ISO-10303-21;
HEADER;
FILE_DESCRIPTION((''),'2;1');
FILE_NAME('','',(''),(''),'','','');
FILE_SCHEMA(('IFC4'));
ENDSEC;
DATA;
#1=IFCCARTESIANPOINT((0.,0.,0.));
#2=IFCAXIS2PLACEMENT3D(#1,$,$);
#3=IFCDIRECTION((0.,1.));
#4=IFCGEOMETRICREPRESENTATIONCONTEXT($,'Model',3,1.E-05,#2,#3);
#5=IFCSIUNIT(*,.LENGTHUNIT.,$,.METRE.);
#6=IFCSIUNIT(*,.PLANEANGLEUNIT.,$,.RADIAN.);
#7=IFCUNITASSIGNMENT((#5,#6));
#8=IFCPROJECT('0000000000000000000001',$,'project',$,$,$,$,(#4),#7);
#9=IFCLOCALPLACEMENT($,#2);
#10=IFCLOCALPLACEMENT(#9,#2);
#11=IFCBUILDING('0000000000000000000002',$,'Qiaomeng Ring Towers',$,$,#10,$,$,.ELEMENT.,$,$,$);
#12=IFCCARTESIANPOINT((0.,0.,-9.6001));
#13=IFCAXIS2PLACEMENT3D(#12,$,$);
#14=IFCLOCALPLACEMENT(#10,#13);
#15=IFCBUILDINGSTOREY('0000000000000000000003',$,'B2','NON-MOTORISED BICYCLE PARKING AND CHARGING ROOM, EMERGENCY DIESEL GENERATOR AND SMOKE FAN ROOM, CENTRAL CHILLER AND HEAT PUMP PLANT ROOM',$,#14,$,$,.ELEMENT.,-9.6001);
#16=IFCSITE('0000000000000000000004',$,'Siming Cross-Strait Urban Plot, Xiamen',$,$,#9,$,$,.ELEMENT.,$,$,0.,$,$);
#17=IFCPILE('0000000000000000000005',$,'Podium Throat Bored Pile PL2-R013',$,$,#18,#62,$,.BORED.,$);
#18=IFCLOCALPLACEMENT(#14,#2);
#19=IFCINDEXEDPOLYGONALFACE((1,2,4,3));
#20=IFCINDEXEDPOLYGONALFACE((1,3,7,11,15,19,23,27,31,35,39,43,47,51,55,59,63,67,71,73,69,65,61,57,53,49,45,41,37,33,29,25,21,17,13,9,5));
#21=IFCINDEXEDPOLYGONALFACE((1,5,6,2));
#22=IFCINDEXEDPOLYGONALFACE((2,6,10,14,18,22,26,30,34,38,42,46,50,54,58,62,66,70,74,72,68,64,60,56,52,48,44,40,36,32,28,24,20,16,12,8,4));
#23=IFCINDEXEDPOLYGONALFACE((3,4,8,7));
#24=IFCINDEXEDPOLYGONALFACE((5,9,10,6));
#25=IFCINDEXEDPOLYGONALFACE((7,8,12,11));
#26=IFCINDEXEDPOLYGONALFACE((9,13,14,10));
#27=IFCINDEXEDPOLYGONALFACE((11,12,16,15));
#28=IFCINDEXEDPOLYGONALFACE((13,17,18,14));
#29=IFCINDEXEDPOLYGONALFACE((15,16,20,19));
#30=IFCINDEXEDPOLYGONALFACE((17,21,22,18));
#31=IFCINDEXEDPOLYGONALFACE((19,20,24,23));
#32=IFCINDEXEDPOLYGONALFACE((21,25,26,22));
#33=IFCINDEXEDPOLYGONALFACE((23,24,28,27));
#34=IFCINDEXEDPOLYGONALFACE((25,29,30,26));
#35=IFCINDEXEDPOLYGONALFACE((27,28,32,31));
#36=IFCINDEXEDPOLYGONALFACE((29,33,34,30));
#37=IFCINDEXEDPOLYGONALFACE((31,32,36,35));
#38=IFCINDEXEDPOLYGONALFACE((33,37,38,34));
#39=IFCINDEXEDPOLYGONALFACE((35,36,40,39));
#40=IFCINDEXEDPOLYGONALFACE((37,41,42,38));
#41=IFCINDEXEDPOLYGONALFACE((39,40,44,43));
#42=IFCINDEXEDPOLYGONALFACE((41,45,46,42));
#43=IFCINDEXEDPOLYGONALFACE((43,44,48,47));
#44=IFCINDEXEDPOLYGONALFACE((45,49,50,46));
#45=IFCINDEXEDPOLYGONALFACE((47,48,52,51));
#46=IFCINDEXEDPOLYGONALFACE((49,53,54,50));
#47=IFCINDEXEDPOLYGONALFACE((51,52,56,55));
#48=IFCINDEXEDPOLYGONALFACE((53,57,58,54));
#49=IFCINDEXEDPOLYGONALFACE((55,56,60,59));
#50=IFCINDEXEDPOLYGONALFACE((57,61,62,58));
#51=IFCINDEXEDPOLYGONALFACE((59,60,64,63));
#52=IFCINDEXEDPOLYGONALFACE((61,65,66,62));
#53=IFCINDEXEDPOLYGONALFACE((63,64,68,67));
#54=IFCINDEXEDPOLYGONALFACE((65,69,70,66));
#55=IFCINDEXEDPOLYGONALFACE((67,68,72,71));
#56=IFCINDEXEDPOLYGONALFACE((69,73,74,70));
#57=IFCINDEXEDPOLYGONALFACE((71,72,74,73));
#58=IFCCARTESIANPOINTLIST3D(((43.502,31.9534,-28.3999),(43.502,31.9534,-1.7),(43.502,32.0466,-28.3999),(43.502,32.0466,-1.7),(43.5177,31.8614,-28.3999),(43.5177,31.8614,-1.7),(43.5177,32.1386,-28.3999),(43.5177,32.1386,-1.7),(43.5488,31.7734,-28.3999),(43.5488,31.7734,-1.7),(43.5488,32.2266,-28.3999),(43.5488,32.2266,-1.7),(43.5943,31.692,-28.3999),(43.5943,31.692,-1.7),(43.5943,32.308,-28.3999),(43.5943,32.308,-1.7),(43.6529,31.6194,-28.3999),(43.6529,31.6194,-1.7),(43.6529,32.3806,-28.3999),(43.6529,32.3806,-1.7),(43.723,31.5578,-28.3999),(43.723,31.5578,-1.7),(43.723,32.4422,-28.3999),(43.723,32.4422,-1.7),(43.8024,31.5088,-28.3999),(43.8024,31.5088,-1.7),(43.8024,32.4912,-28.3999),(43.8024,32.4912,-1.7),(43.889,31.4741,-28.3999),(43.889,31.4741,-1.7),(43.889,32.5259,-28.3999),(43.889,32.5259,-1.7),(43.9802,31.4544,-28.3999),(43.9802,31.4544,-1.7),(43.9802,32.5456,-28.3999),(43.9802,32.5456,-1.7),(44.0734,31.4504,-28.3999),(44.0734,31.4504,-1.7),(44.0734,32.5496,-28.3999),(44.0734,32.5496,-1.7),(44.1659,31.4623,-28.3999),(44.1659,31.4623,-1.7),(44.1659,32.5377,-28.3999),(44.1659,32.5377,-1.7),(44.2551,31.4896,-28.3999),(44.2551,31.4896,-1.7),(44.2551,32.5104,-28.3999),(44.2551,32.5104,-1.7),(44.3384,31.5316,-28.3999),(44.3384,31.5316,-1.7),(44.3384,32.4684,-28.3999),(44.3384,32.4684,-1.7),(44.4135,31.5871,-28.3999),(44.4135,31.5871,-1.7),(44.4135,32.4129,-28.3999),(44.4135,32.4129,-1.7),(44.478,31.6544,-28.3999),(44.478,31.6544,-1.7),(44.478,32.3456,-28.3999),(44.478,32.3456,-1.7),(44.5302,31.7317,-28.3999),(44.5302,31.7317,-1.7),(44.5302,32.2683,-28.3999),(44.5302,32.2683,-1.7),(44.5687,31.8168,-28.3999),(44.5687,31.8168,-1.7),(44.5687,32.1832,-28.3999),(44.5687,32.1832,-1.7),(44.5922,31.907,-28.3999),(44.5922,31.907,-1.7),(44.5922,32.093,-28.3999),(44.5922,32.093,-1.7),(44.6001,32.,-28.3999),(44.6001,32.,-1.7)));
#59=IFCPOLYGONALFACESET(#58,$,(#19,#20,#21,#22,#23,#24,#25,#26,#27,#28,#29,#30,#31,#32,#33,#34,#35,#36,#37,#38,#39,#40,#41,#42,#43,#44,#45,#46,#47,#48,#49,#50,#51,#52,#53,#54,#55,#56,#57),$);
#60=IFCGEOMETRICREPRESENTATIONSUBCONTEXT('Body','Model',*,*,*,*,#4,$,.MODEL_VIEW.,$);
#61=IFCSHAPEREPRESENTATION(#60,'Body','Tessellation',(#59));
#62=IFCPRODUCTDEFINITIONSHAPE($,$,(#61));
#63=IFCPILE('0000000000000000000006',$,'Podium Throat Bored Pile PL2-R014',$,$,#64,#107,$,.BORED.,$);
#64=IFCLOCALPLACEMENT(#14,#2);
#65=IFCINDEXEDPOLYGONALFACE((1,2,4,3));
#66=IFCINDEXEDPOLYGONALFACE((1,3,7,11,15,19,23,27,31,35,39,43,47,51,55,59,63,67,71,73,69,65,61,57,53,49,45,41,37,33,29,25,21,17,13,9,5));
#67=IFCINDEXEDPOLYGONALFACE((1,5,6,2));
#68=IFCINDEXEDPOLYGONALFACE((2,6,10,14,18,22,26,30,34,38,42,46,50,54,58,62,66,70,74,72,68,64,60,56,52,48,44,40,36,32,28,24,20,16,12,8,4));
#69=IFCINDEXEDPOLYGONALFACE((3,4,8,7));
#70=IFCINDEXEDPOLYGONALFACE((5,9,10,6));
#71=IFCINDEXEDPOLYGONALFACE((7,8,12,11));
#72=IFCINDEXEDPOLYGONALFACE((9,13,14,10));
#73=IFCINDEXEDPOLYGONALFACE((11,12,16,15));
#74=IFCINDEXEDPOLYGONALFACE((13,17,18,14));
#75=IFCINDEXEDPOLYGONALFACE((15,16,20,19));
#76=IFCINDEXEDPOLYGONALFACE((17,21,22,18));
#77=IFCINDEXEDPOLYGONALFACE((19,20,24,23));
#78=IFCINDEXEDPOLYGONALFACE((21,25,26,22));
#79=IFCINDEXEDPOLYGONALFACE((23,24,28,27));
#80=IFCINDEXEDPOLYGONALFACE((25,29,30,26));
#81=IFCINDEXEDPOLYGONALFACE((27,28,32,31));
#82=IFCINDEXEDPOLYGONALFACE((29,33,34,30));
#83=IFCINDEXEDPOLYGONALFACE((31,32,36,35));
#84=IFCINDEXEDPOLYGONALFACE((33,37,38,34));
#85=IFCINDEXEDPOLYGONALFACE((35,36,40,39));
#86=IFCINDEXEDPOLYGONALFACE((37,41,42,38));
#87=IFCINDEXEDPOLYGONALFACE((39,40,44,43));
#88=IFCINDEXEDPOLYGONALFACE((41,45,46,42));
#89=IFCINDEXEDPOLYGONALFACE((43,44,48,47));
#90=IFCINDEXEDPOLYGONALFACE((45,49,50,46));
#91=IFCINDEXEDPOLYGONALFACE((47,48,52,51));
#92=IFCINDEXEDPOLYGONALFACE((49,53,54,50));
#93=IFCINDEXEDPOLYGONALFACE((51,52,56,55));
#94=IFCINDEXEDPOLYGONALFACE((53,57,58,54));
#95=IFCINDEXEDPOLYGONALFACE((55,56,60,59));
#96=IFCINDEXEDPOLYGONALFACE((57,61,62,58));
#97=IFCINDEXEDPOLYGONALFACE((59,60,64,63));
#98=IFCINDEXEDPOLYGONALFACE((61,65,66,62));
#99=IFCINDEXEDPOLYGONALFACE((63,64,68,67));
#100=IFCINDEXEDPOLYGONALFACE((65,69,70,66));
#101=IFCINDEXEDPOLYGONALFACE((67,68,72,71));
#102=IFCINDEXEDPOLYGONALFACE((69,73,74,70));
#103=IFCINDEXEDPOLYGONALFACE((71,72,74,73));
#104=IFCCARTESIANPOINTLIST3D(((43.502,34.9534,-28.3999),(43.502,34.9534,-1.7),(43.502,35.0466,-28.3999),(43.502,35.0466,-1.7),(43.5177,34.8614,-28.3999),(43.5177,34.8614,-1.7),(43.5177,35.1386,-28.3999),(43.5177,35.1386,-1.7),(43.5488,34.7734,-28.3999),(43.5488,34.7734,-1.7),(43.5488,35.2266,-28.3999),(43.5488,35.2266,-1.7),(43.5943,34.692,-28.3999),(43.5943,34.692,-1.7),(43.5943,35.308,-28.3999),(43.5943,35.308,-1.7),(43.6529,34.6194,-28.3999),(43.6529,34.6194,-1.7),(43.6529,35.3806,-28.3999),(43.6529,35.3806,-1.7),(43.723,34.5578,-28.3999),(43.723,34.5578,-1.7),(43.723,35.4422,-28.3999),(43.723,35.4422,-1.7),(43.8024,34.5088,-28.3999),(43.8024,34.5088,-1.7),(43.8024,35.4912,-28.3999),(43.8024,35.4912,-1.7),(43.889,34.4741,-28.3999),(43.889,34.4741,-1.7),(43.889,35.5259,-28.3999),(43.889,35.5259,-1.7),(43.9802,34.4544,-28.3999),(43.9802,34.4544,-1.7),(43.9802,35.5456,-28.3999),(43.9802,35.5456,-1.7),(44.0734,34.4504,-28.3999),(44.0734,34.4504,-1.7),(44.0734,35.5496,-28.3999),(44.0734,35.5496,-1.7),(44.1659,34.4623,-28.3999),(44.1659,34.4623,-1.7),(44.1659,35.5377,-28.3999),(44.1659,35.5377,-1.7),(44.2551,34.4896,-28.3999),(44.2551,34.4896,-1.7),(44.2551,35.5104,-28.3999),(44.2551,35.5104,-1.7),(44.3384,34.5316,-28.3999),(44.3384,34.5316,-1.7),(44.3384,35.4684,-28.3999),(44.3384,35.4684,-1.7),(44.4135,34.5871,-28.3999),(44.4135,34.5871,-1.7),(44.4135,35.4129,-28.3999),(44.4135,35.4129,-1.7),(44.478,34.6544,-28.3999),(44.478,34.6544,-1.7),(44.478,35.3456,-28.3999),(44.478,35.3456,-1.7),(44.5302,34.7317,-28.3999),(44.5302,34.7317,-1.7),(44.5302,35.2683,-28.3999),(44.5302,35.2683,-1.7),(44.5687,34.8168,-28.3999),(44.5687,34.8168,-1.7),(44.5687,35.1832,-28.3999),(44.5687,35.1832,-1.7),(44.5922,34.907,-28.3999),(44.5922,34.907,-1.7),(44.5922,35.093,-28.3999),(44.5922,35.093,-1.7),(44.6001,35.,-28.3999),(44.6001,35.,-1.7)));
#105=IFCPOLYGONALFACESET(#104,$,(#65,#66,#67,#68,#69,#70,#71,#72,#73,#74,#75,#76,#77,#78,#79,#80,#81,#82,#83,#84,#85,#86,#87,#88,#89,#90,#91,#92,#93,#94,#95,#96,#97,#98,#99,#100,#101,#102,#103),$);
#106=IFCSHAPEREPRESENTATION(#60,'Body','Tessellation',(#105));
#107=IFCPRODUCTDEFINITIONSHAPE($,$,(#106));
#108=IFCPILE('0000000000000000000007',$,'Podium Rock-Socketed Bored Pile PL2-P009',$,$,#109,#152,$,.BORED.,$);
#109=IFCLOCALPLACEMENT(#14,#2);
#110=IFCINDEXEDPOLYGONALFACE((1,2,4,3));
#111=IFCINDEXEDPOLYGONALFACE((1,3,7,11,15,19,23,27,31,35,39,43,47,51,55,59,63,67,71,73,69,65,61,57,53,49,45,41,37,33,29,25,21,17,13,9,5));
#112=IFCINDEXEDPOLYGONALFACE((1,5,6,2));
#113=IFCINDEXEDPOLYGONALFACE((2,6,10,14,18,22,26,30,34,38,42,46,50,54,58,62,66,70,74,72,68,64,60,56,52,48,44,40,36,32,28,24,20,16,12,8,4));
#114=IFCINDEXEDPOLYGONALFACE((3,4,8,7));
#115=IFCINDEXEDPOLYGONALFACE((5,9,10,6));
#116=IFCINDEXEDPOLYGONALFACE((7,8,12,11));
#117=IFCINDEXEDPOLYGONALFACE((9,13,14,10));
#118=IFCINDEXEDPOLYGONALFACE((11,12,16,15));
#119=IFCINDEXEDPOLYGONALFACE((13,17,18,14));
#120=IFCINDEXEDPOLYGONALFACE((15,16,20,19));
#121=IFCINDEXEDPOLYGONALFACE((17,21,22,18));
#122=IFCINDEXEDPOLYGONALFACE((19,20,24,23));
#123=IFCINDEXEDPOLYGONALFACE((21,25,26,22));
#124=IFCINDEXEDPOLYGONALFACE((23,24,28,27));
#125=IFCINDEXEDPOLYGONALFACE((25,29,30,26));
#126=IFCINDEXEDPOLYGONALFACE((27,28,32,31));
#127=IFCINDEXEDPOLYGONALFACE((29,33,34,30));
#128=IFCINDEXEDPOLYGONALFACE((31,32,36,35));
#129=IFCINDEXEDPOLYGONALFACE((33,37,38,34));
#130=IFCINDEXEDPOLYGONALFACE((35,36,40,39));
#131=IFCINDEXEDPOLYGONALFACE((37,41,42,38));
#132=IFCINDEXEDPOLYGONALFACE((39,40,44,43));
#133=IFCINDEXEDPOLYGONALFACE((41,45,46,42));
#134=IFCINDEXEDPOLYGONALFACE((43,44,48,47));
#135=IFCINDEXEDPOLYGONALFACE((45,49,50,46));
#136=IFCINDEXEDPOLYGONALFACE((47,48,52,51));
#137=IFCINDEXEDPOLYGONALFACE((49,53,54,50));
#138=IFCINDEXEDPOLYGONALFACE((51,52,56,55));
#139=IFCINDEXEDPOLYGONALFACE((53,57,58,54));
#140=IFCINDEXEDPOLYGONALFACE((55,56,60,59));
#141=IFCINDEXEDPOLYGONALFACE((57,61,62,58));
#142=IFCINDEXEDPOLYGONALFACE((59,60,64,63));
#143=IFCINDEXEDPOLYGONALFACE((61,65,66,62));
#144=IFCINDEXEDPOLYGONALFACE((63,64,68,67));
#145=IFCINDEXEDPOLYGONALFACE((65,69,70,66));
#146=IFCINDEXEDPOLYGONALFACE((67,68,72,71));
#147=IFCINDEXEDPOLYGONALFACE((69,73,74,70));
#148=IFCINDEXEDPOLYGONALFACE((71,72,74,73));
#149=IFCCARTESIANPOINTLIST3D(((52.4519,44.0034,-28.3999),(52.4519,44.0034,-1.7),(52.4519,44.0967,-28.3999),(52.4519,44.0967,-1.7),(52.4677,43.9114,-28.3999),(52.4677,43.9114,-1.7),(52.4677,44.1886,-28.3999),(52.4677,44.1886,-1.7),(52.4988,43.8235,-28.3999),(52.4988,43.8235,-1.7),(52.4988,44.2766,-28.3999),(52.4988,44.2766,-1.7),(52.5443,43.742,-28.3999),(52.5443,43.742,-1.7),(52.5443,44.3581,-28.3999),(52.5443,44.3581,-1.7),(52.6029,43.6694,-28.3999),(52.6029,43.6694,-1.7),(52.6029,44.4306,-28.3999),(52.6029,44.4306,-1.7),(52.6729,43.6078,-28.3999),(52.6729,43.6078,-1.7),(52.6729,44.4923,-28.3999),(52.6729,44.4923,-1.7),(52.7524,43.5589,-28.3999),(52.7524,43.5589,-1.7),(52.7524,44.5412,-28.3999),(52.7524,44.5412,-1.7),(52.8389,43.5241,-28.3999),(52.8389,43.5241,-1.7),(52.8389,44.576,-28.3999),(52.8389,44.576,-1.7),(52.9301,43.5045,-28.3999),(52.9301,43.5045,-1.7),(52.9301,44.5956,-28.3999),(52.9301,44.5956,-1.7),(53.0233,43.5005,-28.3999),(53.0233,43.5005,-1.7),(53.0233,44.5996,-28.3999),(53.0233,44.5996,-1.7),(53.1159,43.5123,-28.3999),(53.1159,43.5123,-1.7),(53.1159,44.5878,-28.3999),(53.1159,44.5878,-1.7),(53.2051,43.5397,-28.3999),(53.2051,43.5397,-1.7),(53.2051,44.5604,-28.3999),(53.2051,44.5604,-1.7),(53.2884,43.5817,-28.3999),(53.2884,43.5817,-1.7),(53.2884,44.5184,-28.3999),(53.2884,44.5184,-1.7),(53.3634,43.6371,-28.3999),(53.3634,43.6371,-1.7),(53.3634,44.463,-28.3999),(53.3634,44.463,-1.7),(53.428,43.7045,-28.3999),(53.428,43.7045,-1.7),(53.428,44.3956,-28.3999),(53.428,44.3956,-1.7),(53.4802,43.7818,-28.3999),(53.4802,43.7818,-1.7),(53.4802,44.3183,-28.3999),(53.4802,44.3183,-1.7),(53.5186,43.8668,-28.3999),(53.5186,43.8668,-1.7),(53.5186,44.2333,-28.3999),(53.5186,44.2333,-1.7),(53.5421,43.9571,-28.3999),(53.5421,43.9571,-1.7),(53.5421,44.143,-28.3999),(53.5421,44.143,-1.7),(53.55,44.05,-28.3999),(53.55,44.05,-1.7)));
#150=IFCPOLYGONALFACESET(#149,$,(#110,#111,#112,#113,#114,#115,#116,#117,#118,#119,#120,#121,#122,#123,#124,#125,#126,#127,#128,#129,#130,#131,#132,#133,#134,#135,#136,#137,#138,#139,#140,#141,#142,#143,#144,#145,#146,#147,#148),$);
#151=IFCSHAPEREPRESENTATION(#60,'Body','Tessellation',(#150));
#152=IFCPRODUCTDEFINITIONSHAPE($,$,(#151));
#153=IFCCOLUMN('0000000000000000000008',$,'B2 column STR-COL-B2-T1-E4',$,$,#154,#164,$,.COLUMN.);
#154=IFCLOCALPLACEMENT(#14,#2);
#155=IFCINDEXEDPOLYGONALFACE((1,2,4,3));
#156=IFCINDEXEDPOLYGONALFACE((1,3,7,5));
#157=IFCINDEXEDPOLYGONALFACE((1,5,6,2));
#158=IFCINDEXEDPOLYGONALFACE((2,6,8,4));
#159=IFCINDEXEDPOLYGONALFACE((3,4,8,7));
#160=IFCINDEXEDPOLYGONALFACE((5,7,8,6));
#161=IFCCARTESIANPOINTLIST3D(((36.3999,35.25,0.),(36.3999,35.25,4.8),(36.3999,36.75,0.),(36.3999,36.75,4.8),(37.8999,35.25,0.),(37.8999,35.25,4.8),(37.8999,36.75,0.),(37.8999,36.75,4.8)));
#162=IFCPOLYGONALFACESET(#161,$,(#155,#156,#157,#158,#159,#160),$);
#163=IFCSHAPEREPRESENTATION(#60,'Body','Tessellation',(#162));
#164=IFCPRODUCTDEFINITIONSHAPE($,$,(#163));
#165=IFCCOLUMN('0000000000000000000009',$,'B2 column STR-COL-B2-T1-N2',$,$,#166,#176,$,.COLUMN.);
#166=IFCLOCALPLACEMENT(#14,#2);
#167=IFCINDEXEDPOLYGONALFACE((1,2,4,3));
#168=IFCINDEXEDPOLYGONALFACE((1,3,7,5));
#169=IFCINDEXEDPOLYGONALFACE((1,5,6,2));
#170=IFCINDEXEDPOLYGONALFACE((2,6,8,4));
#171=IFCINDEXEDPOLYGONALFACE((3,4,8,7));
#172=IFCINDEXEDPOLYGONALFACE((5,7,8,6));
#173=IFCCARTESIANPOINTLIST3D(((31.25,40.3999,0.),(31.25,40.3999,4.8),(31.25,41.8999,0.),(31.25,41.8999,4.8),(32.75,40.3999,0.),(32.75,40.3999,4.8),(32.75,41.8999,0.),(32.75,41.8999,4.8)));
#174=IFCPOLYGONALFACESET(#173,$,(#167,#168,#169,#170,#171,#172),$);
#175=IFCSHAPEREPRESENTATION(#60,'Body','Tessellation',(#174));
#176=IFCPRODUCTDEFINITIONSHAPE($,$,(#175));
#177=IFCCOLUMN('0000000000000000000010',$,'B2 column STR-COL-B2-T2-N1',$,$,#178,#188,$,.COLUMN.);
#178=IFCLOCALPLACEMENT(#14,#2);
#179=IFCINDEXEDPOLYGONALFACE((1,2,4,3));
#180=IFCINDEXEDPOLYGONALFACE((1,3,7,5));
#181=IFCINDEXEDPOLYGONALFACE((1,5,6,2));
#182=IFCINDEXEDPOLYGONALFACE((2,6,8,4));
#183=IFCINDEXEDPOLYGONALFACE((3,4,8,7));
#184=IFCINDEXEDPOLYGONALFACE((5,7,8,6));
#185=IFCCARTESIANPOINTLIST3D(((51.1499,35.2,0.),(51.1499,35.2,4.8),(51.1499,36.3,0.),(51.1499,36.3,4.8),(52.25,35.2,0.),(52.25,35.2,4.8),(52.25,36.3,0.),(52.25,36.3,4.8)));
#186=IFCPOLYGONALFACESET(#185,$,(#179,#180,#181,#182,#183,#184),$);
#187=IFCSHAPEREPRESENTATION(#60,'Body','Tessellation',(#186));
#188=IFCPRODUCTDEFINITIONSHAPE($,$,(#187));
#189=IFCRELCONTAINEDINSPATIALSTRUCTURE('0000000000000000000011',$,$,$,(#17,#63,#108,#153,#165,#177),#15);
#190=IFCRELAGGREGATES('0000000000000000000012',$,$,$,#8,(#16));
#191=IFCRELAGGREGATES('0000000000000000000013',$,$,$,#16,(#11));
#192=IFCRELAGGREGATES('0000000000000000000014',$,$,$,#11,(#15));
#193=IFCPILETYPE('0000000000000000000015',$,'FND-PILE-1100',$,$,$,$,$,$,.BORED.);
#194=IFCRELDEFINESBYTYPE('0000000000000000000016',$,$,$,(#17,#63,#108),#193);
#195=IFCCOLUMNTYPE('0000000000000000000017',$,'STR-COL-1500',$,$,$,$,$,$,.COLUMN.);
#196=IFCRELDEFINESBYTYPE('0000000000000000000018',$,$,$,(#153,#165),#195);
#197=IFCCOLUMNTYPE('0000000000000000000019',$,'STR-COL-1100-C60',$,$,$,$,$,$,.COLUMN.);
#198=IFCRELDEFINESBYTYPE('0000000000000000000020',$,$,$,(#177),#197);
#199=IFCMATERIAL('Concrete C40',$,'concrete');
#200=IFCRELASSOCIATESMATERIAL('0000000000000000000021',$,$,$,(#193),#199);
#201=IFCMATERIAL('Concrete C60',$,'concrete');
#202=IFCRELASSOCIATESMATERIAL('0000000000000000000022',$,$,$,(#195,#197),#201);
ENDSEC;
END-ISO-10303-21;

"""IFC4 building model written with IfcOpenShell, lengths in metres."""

from ifc_helpers import new_model, si_unit, direction, frame, origin, origin_2d, place, context, subcontext, project, spatial, rectangle, circle, extrude, source, transform, mapped, material, material_profile, profile_set, type_object, element, save


model = new_model("IFC4")

# Units and contexts
model_context = context("Model", 3, precision=1e-05, world=origin(), true_north=direction((0.0, 1.0)))
body_context = subcontext(model_context, "Body", "Model", "MODEL_VIEW")
ifc_project = project(units=[si_unit("LENGTHUNIT", "METRE"), si_unit("PLANEANGLEUNIT", "RADIAN")], contexts=[model_context])

# Site, building, storey
site_placement = place(None, origin())
site = spatial("IfcSite", under=ifc_project, at=site_placement, Name="Siming Cross-Strait Urban Plot, Xiamen", CompositionType="ELEMENT", RefElevation=0.0)
building_placement = place(site_placement, origin())
building = spatial("IfcBuilding", under=site, at=building_placement, Name="Qiaomeng Ring Towers", CompositionType="ELEMENT")
storey_placement = place(building_placement, frame((0.0, 0.0, -9.6001)))
storey = spatial("IfcBuildingStorey", under=building, at=storey_placement, Name="B2", Description="NON-MOTORISED BICYCLE PARKING AND CHARGING ROOM, EMERGENCY DIESEL GENERATOR AND SMOKE FAN ROOM, CENTRAL CHILLER AND HEAT PUMP PLANT ROOM", CompositionType="ELEMENT", Elevation=-9.6001)

# Piles
ifc_material_1 = material(Name="Concrete C40", Category="concrete")
ifc_material_profile_1 = material_profile(ifc_material_1, circle(Radius=0.55, at=origin_2d()), Name="BORED PILE 1100")
ifc_profile_set_1 = profile_set([ifc_material_profile_1], Name="Concrete C40")
pile_type_1 = type_object("IfcPileType", Name="FND-PILE-1100", PredefinedType="BORED", material=ifc_profile_set_1)
shared_shape_1 = source(origin(), body_context, "Body", "SweptSolid", [
    extrude(circle(Radius=0.55, at=origin_2d()), origin(), (0.0, 0.0, 1.0), 26.7),
])
for number, where, z_axis, x_axis, name in (
    (1, (44.05, 32.0, -1.7), (0.0, 0.0, -1.0), (1.0, 0.0, 0.0), "Podium Throat Bored Pile PL2-R013"),
    (2, (44.05, 35.0, -1.7), (0.0, 0.0, -1.0), (1.0, 0.0, 0.0), "Podium Throat Bored Pile PL2-R014"),
    (3, (53.0, 44.05, -1.7), (0.0, 0.0, -1.0), (1.0, 0.0, 0.0), "Podium Rock-Socketed Bored Pile PL2-P009"),
):
    element("IfcPile", number, at=place(storey_placement, frame(where, z_axis=z_axis, x_axis=x_axis)), inside=storey, type_object=pile_type_1, Name=name, PredefinedType="BORED", context=body_context, shape_type="MappedRepresentation", body=[
        mapped(shared_shape_1, transform((0.0, 0.0, 0.0), x_axis=(1.0, 0.0, 0.0), y_axis=(0.0, 1.0, 0.0), z_axis=(0.0, 0.0, 1.0), scale=1.0)),
    ])

# Columns
ifc_material_2 = material(Name="Concrete C60", Category="concrete")
ifc_material_profile_2 = material_profile(ifc_material_2, rectangle(XDim=1.5, YDim=1.5, at=origin_2d()), Name="RC COL 1500x1500")
ifc_profile_set_2 = profile_set([ifc_material_profile_2], Name="Concrete C60")
column_type_1 = type_object("IfcColumnType", Name="STR-COL-1500", PredefinedType="COLUMN", material=ifc_profile_set_2)
shared_shape_2 = source(origin(), body_context, "Body", "SweptSolid", [
    extrude(rectangle(XDim=1.5, YDim=1.5, at=origin_2d()), origin(), (0.0, 0.0, 1.0), 4.8),
])
for number, where, z_axis, x_axis, name in (
    (4, (37.1499, 36.0, 0.0), (0.0, 0.0, 1.0), (1.0, 0.0, 0.0), "B2 column STR-COL-B2-T1-E4"),
    (5, (32.0, 41.1499, 0.0), (0.0, 0.0, 1.0), (1.0, 0.0, 0.0), "B2 column STR-COL-B2-T1-N2"),
):
    element("IfcColumn", number, at=place(storey_placement, frame(where, z_axis=z_axis, x_axis=x_axis)), inside=storey, type_object=column_type_1, Name=name, PredefinedType="COLUMN", context=body_context, shape_type="MappedRepresentation", body=[
        mapped(shared_shape_2, transform((0.0, 0.0, 0.0), x_axis=(1.0, 0.0, 0.0), y_axis=(0.0, 1.0, 0.0), z_axis=(0.0, 0.0, 1.0), scale=1.0)),
    ])
ifc_material_profile_3 = material_profile(ifc_material_2, rectangle(XDim=1.1001, YDim=1.1001, at=origin_2d()), Name="RC COL 1100x1100")
ifc_profile_set_3 = profile_set([ifc_material_profile_3], Name="Concrete C60")
column_type_2 = type_object("IfcColumnType", Name="STR-COL-1100-C60", PredefinedType="COLUMN", material=ifc_profile_set_3)
shared_shape_3 = source(origin(), body_context, "Body", "SweptSolid", [
    extrude(rectangle(XDim=1.1001, YDim=1.1001, at=origin_2d()), origin(), (0.0, 0.0, 1.0), 4.8),
])
column_1_placement = place(storey_placement, frame((51.7, 35.75, 0.0), z_axis=(0.0, 0.0, 1.0), x_axis=(1.0, 0.0, 0.0)))
element("IfcColumn", 6, at=column_1_placement, inside=storey, type_object=column_type_2, Name="B2 column STR-COL-B2-T2-N1", PredefinedType="COLUMN", context=body_context, shape_type="MappedRepresentation", body=[
    mapped(shared_shape_3, transform((0.0, 0.0, 0.0), x_axis=(1.0, 0.0, 0.0), y_axis=(0.0, 1.0, 0.0), z_axis=(0.0, 0.0, 1.0), scale=1.0)),
])

save(model, "model.ifc")
